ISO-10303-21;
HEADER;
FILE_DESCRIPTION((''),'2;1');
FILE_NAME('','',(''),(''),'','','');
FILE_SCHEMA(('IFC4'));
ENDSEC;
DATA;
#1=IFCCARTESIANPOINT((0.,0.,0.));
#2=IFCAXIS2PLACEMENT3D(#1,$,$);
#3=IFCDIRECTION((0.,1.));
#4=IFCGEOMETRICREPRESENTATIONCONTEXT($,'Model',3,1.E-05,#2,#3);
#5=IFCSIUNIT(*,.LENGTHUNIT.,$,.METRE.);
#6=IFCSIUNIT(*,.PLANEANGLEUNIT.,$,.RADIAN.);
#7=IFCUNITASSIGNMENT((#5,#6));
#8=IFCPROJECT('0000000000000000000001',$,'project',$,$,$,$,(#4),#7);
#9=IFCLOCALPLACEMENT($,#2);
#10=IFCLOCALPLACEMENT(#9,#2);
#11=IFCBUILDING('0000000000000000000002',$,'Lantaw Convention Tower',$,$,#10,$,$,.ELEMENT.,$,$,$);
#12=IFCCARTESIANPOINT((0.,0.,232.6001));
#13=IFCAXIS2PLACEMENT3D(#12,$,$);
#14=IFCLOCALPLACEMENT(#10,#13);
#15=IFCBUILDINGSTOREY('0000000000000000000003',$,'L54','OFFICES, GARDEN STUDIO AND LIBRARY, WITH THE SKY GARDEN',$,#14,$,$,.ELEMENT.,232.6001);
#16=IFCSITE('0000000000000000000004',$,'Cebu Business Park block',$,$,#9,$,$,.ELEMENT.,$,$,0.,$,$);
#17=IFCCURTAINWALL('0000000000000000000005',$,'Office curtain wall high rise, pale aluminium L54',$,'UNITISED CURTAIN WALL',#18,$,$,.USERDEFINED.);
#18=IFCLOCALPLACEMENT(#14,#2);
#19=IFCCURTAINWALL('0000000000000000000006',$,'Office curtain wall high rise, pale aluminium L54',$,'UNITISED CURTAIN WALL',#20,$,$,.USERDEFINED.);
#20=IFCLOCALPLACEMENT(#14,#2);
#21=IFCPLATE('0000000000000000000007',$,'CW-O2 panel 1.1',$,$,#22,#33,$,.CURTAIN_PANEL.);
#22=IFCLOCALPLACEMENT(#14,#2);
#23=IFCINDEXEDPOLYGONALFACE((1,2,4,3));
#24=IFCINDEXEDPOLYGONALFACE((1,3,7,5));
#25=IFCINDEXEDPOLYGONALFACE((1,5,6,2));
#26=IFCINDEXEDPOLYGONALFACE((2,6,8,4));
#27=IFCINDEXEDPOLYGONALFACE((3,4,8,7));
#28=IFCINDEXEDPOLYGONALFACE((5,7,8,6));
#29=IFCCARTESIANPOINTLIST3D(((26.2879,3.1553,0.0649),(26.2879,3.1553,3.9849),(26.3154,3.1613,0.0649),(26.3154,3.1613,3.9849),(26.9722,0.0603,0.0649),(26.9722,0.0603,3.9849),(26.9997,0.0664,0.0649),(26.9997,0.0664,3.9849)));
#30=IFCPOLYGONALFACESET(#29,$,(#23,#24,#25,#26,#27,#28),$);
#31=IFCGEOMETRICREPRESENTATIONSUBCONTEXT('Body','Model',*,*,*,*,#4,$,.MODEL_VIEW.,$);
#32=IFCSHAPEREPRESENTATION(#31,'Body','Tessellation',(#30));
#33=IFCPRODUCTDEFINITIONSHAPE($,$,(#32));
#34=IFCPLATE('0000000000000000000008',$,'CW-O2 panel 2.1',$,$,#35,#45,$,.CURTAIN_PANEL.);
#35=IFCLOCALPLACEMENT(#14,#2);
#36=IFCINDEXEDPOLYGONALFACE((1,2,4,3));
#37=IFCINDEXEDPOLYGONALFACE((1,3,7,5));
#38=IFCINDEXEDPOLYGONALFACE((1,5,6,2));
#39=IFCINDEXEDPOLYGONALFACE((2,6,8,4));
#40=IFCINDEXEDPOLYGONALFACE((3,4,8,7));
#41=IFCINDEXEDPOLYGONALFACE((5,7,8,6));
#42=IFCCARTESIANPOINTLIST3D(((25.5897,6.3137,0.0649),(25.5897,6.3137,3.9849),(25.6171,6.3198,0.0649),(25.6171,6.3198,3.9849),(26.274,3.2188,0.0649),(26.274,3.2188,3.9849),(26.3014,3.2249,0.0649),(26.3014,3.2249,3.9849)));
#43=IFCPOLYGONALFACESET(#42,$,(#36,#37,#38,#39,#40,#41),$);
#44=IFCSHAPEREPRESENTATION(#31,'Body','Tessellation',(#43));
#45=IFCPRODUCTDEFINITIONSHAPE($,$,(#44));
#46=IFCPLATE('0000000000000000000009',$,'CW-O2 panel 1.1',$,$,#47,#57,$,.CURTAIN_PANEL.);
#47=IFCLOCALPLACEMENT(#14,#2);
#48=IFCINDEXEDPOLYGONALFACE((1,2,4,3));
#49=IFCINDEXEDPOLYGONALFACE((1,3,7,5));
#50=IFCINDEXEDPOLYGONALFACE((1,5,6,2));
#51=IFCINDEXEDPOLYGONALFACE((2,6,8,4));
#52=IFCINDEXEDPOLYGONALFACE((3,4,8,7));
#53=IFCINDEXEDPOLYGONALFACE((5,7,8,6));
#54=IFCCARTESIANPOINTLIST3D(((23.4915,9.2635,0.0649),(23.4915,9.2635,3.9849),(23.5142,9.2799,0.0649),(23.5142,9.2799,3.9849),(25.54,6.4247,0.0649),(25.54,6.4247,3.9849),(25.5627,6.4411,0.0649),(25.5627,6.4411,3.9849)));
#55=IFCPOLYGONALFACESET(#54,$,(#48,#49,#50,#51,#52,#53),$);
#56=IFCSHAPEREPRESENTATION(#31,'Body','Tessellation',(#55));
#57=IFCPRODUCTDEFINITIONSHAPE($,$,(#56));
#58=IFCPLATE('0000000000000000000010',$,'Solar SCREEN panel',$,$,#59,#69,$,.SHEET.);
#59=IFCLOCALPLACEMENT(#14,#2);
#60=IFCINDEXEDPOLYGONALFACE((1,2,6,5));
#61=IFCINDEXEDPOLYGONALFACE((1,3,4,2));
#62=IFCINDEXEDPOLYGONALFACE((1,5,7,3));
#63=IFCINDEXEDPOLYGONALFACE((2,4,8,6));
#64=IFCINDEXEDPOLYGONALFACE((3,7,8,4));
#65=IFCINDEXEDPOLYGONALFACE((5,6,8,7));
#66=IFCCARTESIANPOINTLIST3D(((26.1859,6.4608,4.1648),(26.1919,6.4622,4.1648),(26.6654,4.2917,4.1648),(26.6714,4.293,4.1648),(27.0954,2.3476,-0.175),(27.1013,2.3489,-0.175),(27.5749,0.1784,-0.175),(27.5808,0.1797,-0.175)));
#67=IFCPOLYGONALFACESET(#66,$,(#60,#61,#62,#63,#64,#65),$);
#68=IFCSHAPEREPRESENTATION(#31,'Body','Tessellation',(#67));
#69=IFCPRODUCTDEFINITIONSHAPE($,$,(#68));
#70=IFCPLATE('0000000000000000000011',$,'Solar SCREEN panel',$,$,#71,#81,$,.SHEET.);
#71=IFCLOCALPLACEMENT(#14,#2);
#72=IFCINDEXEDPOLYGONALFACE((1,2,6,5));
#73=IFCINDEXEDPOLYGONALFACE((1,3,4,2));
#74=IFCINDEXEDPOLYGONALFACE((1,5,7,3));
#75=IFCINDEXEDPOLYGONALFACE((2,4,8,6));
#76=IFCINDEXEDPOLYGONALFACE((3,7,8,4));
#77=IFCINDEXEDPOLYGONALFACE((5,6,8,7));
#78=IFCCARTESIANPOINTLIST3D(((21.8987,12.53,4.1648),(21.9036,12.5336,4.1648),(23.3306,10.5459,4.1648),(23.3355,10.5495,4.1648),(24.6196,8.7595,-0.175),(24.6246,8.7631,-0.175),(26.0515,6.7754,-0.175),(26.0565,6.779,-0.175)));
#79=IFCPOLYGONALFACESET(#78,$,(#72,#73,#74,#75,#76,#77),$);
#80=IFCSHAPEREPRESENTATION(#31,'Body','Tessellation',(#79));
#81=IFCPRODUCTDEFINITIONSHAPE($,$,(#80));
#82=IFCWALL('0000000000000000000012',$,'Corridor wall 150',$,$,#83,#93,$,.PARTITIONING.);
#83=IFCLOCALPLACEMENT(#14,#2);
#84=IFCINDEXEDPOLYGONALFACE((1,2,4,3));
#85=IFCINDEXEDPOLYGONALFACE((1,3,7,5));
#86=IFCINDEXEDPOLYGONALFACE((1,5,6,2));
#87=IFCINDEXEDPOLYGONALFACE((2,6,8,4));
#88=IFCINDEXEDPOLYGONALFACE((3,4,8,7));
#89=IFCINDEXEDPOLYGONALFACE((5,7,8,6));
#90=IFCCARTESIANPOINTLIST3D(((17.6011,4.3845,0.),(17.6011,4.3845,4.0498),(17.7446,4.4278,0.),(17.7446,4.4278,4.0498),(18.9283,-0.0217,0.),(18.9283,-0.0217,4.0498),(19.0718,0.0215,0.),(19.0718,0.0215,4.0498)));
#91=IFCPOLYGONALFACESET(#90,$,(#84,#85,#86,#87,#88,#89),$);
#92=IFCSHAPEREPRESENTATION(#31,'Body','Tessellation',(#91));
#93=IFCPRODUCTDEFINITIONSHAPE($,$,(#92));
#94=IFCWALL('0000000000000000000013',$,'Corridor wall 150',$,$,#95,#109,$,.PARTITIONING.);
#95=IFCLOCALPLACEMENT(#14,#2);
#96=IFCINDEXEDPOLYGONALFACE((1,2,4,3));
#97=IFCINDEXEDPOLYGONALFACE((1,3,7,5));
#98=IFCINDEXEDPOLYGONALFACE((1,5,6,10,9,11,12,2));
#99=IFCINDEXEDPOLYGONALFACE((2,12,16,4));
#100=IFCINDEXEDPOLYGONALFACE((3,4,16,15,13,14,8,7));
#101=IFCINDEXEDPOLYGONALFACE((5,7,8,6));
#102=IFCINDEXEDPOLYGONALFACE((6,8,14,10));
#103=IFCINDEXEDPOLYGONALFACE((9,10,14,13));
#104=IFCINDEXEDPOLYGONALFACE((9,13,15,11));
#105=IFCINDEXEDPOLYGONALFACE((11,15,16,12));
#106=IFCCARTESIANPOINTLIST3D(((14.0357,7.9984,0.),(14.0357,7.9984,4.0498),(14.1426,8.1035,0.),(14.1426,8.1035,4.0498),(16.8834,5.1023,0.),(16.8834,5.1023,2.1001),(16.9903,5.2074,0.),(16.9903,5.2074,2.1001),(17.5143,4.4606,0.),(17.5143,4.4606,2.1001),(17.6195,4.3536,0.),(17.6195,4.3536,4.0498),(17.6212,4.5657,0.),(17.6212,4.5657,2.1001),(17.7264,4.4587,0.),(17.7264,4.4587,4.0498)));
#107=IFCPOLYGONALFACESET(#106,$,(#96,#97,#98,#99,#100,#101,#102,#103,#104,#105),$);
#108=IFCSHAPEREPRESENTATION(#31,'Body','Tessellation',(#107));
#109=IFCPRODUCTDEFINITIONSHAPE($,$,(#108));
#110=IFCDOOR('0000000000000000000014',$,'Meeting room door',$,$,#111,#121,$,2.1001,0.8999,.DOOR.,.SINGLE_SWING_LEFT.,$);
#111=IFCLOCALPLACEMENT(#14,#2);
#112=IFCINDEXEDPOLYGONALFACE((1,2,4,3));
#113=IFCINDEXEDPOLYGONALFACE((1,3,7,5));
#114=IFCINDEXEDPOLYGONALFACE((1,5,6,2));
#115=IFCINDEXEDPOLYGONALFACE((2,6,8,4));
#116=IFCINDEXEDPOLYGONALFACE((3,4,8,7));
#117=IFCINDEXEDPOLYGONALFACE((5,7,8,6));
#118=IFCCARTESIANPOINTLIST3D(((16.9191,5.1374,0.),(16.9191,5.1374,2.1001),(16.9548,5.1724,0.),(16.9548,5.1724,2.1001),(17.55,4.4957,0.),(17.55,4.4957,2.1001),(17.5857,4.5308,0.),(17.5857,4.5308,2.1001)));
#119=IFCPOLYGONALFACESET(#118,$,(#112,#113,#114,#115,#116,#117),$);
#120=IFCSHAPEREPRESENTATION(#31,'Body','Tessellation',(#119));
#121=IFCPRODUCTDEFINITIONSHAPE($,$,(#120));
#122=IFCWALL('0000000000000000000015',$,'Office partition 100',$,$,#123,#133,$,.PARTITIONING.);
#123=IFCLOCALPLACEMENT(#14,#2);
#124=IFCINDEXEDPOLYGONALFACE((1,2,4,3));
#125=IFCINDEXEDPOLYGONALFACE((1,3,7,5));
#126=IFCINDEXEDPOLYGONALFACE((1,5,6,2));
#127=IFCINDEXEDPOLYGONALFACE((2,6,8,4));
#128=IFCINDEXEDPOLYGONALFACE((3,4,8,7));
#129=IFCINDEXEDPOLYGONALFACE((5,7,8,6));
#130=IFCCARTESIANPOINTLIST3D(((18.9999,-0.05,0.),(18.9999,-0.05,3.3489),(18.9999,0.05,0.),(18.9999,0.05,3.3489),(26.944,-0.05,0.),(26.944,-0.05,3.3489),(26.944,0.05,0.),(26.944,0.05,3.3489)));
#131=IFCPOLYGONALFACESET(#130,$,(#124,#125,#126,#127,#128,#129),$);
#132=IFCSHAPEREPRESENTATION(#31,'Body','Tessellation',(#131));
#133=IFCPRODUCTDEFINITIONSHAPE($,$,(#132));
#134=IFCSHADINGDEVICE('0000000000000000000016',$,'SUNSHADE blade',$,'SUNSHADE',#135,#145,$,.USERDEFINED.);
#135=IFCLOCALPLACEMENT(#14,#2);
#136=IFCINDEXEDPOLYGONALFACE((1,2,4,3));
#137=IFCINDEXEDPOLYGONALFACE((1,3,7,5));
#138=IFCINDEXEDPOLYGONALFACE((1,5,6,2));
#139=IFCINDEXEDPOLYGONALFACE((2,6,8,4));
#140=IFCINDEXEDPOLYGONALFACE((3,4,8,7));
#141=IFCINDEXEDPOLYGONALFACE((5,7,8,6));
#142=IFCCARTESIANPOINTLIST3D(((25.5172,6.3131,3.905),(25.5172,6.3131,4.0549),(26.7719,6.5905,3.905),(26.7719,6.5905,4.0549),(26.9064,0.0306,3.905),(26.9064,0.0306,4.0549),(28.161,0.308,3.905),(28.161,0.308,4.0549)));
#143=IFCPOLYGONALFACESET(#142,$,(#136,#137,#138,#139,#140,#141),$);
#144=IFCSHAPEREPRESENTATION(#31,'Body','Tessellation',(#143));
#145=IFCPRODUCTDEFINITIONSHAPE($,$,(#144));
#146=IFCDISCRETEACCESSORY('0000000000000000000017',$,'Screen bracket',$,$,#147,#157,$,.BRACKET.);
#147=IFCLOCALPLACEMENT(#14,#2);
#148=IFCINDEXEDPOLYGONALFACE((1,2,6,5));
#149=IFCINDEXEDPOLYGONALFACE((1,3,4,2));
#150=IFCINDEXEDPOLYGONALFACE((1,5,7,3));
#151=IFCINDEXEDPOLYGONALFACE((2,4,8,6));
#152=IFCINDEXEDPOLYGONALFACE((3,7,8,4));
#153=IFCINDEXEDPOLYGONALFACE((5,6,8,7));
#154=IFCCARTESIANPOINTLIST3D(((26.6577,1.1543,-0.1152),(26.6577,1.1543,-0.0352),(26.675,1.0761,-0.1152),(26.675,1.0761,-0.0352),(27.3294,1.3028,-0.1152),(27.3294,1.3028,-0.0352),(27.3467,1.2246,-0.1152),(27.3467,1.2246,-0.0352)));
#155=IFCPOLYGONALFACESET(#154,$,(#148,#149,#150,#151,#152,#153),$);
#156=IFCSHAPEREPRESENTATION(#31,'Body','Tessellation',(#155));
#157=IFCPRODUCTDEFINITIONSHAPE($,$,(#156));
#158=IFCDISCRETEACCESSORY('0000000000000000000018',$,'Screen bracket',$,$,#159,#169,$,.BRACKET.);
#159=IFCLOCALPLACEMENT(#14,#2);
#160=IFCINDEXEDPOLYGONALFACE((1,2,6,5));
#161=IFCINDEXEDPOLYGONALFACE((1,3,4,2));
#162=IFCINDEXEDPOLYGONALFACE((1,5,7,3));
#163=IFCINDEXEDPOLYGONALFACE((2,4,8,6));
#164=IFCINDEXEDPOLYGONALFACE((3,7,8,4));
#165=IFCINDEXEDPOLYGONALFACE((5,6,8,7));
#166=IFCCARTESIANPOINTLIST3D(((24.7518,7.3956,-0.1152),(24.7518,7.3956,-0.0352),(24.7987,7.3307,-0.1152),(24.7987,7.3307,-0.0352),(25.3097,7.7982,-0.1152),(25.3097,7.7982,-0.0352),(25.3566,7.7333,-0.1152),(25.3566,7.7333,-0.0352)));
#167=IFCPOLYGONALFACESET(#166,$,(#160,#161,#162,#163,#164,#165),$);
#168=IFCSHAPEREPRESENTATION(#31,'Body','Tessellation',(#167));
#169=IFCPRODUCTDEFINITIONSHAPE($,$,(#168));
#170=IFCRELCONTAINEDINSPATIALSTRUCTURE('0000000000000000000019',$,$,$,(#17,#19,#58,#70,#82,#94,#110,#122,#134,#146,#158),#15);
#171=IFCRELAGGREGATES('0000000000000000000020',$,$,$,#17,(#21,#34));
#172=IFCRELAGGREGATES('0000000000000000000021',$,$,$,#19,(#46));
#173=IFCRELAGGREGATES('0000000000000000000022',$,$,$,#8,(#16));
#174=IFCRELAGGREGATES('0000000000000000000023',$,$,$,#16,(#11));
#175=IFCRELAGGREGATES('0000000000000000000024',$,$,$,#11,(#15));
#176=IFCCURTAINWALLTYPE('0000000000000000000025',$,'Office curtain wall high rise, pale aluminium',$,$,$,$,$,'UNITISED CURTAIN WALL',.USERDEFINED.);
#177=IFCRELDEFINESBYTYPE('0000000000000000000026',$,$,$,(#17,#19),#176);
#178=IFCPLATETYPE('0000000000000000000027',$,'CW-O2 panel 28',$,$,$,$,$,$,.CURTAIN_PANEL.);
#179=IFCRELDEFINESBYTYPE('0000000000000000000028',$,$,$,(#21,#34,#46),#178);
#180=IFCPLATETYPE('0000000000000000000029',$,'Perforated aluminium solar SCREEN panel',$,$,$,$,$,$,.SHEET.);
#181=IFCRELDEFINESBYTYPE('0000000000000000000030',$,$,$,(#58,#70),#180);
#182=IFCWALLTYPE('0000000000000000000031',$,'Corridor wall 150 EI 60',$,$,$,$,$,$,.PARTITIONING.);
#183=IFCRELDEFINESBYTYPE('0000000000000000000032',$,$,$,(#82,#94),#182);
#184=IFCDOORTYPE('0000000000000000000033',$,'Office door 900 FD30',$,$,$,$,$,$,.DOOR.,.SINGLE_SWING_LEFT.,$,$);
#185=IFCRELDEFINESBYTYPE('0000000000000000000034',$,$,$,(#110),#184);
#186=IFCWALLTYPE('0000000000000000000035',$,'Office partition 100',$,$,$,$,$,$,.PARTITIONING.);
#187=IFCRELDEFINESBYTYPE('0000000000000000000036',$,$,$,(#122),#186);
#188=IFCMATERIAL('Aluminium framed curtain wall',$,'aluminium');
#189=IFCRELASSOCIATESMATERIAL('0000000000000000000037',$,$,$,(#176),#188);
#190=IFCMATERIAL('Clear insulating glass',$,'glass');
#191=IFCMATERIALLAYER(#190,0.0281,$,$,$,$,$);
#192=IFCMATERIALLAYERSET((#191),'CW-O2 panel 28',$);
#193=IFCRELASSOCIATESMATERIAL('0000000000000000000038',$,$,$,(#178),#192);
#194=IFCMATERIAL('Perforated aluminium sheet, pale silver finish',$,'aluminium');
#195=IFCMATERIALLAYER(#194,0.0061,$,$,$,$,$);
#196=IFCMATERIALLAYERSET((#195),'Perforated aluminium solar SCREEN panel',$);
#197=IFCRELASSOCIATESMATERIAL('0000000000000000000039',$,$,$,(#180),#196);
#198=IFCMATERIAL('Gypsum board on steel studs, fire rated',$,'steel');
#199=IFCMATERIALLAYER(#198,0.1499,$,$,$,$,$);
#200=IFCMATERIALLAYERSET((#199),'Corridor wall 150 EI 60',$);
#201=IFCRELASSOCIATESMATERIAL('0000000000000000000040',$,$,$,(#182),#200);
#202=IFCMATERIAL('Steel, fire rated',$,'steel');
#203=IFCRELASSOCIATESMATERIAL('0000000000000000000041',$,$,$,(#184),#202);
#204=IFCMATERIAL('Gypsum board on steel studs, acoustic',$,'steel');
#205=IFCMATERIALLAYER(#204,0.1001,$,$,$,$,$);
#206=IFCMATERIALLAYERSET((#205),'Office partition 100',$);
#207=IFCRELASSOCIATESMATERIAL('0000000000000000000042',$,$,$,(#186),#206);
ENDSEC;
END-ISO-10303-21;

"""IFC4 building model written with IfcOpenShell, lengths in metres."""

from ifc_helpers import new_model, si_unit, direction, frame, frame_2d, origin, origin_2d, place, context, subcontext, project, spatial, polyline, rectangle, outline, extrude, material, layer, layer_set, type_object, element, fill, aggregate, save


model = new_model("IFC4")

# Units and contexts
model_context = context("Model", 3, precision=1e-05, world=origin(), true_north=direction((0.0, 1.0)))
body_context = subcontext(model_context, "Body", "Model", "MODEL_VIEW")
ifc_project = project(units=[si_unit("LENGTHUNIT", "METRE"), si_unit("PLANEANGLEUNIT", "RADIAN")], contexts=[model_context])

# Site, building, storey
site_placement = place(None, origin())
site = spatial("IfcSite", under=ifc_project, at=site_placement, Name="Cebu Business Park block", CompositionType="ELEMENT", RefElevation=0.0)
building_placement = place(site_placement, origin())
building = spatial("IfcBuilding", under=site, at=building_placement, Name="Lantaw Convention Tower", CompositionType="ELEMENT")
storey_placement = place(building_placement, frame((0.0, 0.0, 232.6001)))
storey = spatial("IfcBuildingStorey", under=building, at=storey_placement, Name="L54", Description="OFFICES, GARDEN STUDIO AND LIBRARY, WITH THE SKY GARDEN", CompositionType="ELEMENT", Elevation=232.6001)

# Curtain wall
ifc_material_1 = material(Name="Aluminium framed curtain wall", Category="aluminium")
curtain_wall_type = type_object("IfcCurtainWallType", Name="Office curtain wall high rise, pale aluminium", ElementType="UNITISED CURTAIN WALL", PredefinedType="USERDEFINED", material=ifc_material_1)
curtain_wall_1_placement = place(storey_placement, origin())
curtain_wall_1 = element("IfcCurtainWall", 1, at=curtain_wall_1_placement, inside=storey, type_object=curtain_wall_type, Name="Office curtain wall high rise, pale aluminium L54", ObjectType="UNITISED CURTAIN WALL", PredefinedType="USERDEFINED")

# Curtain wall
curtain_wall_2_placement = place(storey_placement, origin())
curtain_wall_2 = element("IfcCurtainWall", 2, at=curtain_wall_2_placement, inside=storey, type_object=curtain_wall_type, Name="Office curtain wall high rise, pale aluminium L54", ObjectType="UNITISED CURTAIN WALL", PredefinedType="USERDEFINED")

# Plates
ifc_material_2 = material(Name="Clear insulating glass", Category="glass")
ifc_layer_1 = layer(ifc_material_2, 0.0281)
ifc_layer_set_1 = layer_set([ifc_layer_1], Name="CW-O2 panel 28")
plate_type_1 = type_object("IfcPlateType", Name="CW-O2 panel 28", PredefinedType="CURTAIN_PANEL", material=ifc_layer_set_1)
plate_1_placement = place(storey_placement, frame((26.6438, 1.6108, 0.0649), z_axis=(0.0, 0.0, 1.0), x_axis=(-0.215891, 0.976417, 0.0)))
plate_1 = element("IfcPlate", 3, at=plate_1_placement, type_object=plate_type_1, Name="CW-O2 panel 1.1", PredefinedType="CURTAIN_PANEL", context=body_context, shape_type="SweptSolid", body=[
    extrude(rectangle(XDim=3.1697, YDim=0.0281, at=origin_2d()), origin(), (0.0, 0.0, 1.0), 3.9199),
])
plate_2_placement = place(storey_placement, frame((25.9456, 4.7693, 0.0649), z_axis=(0.0, 0.0, 1.0), x_axis=(-0.215891, 0.976417, 0.0)))
plate_2 = element("IfcPlate", 4, at=plate_2_placement, type_object=plate_type_1, Name="CW-O2 panel 2.1", PredefinedType="CURTAIN_PANEL", context=body_context, shape_type="SweptSolid", body=[
    extrude(rectangle(XDim=3.1697, YDim=0.0281, at=origin_2d()), origin(), (0.0, 0.0, 1.0), 3.9199),
])
aggregate(curtain_wall_1, [plate_1, plate_2])
plate_3_placement = place(storey_placement, frame((24.5271, 7.8523, 0.0649), z_axis=(0.0, 0.0, 1.0), x_axis=(-0.585158, 0.81092, 0.0)))
plate_3 = element("IfcPlate", 5, at=plate_3_placement, type_object=plate_type_1, Name="CW-O2 panel 1.1", PredefinedType="CURTAIN_PANEL", context=body_context, shape_type="SweptSolid", body=[
    extrude(rectangle(XDim=3.5007, YDim=0.0281, at=origin_2d()), origin(), (0.0, 0.0, 1.0), 3.9199),
])
aggregate(curtain_wall_2, [plate_3])

# Plates
ifc_material_3 = material(Name="Perforated aluminium sheet, pale silver finish", Category="aluminium")
ifc_layer_2 = layer(ifc_material_3, 0.0061)
ifc_layer_set_2 = layer_set([ifc_layer_2], Name="Perforated aluminium solar SCREEN panel")
plate_type_2 = type_object("IfcPlateType", Name="Perforated aluminium solar SCREEN panel", PredefinedType="SHEET", material=ifc_layer_set_2)
plate_4_placement = place(storey_placement, frame((27.5808, 0.1797, -0.175), z_axis=(0.97643, 0.215837, 0.000044), x_axis=(-0.215837, 0.97643, 0.0)))
element("IfcPlate", 6, at=plate_4_placement, inside=storey, type_object=plate_type_2, Name="Solar SCREEN panel", PredefinedType="SHEET", context=body_context, shape_type="SweptSolid", body=[
    extrude(outline(polyline([(0.0, 0.0), (2.2216, 0.0), (6.4342, 4.3398), (4.2126, 4.3398), (0.0, 0.0)])), origin(), (0.0, 0.0, -1.0), 0.0061),
])
plate_5_placement = place(storey_placement, frame((26.0515, 6.7754, -0.175), z_axis=(-0.810892, -0.585195, 0.00002), x_axis=(-0.585195, 0.810892, 0.0)))
element("IfcPlate", 7, at=plate_5_placement, inside=storey, type_object=plate_type_2, Name="Solar SCREEN panel", PredefinedType="SHEET", context=body_context, shape_type="SweptSolid", body=[
    extrude(outline(polyline([(0.0, 0.0), (2.4468, 0.0), (7.0966, -4.3398), (4.6498, -4.3398), (0.0, 0.0)])), origin(), (0.0, 0.0, -1.0), 0.0061),
])

# Wall
ifc_material_4 = material(Name="Gypsum board on steel studs, fire rated", Category="steel")
ifc_layer_3 = layer(ifc_material_4, 0.1499)
ifc_layer_set_3 = layer_set([ifc_layer_3], Name="Corridor wall 150 EI 60")
wall_type_1 = type_object("IfcWallType", Name="Corridor wall 150 EI 60", PredefinedType="PARTITIONING", material=ifc_layer_set_3)
wall_1_placement = place(storey_placement, frame((19.0, 0.0, 0.0), z_axis=(0.0, 0.0, 1.0), x_axis=(-0.288399, 0.95751, 0.0)))
element("IfcWall", 8, at=wall_1_placement, inside=storey, type_object=wall_type_1, Name="Corridor wall 150", PredefinedType="PARTITIONING", context=body_context, shape_type="SweptSolid", body=[
    extrude(rectangle(XDim=4.6018, YDim=0.1499, at=frame_2d((2.3008, 0.0))), origin(), (0.0, 0.0, 1.0), 4.0498),
])

# Wall, opening, door
wall_2_placement = place(storey_placement, frame((17.6729, 4.4062, 0.0), z_axis=(0.0, 0.0, 1.0), x_axis=(-0.701111, 0.713052, 0.0)))
wall_2 = element("IfcWall", 9, at=wall_2_placement, inside=storey, type_object=wall_type_1, Name="Corridor wall 150", PredefinedType="PARTITIONING", context=body_context, shape_type="SweptSolid", body=[
    extrude(rectangle(XDim=5.1116, YDim=0.1499, at=frame_2d((2.5557, 0.0))), origin(), (0.0, 0.0, 1.0), 4.0498),
])
opening_placement = place(wall_2_placement, frame((0.1499, 0.0, 0.0)))
opening = element("IfcOpeningElement", 10, at=opening_placement, cuts=wall_2, PredefinedType="OPENING", context=body_context, shape_type="SweptSolid", body=[
    extrude(rectangle(XDim=0.8999, YDim=2.1001, at=frame_2d((0.45, 1.05))), frame((0.0, 0.085, 0.0), z_axis=(0.0, -1.0, 0.0), x_axis=(1.0, 0.0, 0.0)), (0.0, 0.0, 1.0), 0.1699),
])
ifc_material_5 = material(Name="Steel, fire rated", Category="steel")
door_type = type_object("IfcDoorType", Name="Office door 900 FD30", OperationType="SINGLE_SWING_LEFT", PredefinedType="DOOR", material=ifc_material_5)
door_placement = place(opening_placement, origin())
door = element("IfcDoor", 11, at=door_placement, inside=storey, type_object=door_type, Name="Meeting room door", OperationType="SINGLE_SWING_LEFT", OverallHeight=2.1001, OverallWidth=0.8999, PredefinedType="DOOR", context=body_context, shape_type="SweptSolid", body=[
    extrude(rectangle(XDim=0.8999, YDim=2.1001, at=frame_2d((0.45, 1.05))), frame((0.0, 0.0249, 0.0), z_axis=(0.0, -1.0, 0.0), x_axis=(1.0, 0.0, 0.0)), (0.0, 0.0, 1.0), 0.05),
])
fill(opening, door)

# Wall
ifc_material_6 = material(Name="Gypsum board on steel studs, acoustic", Category="steel")
ifc_layer_4 = layer(ifc_material_6, 0.1001)
ifc_layer_set_4 = layer_set([ifc_layer_4], Name="Office partition 100")
wall_type_2 = type_object("IfcWallType", Name="Office partition 100", PredefinedType="PARTITIONING", material=ifc_layer_set_4)
wall_3_placement = place(storey_placement, frame((26.9441, 0.0, 0.0), z_axis=(0.0, 0.0, 1.0), x_axis=(-1.0, 0.0, 0.0)))
element("IfcWall", 12, at=wall_3_placement, inside=storey, type_object=wall_type_2, Name="Office partition 100", PredefinedType="PARTITIONING", context=body_context, shape_type="SweptSolid", body=[
    extrude(rectangle(XDim=7.9441, YDim=0.1001, at=frame_2d((3.9722, 0.0))), origin(), (0.0, 0.0, 1.0), 3.3489),
])

# Shading device
shading_device_placement = place(storey_placement, frame((26.8391, 3.3105, 3.905), z_axis=(0.0, 0.0, 1.0), x_axis=(-0.215891, 0.976417, 0.0)))
element("IfcShadingDevice", 13, at=shading_device_placement, inside=storey, Name="SUNSHADE blade", ObjectType="SUNSHADE", PredefinedType="USERDEFINED", context=body_context, shape_type="SweptSolid", body=[
    extrude(rectangle(XDim=6.4343, YDim=1.2849, at=origin_2d()), origin(), (0.0, 0.0, 1.0), 0.1499),
])

# Discrete accessories
for number, where, z_axis, x_axis, name in (
    (14, (27.0022, 1.1895, -0.1152), (0.0, 0.0, 1.0), (-0.215891, 0.976417, 0.0), "Screen bracket"),
    (15, (25.0542, 7.5645, -0.1152), (0.0, 0.0, 1.0), (-0.585158, 0.81092, 0.0), "Screen bracket"),
):
    element("IfcDiscreteAccessory", number, at=place(storey_placement, frame(where, z_axis=z_axis, x_axis=x_axis)), inside=storey, Name=name, PredefinedType="BRACKET", context=body_context, shape_type="SweptSolid", body=[
        extrude(rectangle(XDim=0.0801, YDim=0.688, at=origin_2d()), origin(), (0.0, 0.0, 1.0), 0.0801),
    ])

save(model, "model.ifc")
